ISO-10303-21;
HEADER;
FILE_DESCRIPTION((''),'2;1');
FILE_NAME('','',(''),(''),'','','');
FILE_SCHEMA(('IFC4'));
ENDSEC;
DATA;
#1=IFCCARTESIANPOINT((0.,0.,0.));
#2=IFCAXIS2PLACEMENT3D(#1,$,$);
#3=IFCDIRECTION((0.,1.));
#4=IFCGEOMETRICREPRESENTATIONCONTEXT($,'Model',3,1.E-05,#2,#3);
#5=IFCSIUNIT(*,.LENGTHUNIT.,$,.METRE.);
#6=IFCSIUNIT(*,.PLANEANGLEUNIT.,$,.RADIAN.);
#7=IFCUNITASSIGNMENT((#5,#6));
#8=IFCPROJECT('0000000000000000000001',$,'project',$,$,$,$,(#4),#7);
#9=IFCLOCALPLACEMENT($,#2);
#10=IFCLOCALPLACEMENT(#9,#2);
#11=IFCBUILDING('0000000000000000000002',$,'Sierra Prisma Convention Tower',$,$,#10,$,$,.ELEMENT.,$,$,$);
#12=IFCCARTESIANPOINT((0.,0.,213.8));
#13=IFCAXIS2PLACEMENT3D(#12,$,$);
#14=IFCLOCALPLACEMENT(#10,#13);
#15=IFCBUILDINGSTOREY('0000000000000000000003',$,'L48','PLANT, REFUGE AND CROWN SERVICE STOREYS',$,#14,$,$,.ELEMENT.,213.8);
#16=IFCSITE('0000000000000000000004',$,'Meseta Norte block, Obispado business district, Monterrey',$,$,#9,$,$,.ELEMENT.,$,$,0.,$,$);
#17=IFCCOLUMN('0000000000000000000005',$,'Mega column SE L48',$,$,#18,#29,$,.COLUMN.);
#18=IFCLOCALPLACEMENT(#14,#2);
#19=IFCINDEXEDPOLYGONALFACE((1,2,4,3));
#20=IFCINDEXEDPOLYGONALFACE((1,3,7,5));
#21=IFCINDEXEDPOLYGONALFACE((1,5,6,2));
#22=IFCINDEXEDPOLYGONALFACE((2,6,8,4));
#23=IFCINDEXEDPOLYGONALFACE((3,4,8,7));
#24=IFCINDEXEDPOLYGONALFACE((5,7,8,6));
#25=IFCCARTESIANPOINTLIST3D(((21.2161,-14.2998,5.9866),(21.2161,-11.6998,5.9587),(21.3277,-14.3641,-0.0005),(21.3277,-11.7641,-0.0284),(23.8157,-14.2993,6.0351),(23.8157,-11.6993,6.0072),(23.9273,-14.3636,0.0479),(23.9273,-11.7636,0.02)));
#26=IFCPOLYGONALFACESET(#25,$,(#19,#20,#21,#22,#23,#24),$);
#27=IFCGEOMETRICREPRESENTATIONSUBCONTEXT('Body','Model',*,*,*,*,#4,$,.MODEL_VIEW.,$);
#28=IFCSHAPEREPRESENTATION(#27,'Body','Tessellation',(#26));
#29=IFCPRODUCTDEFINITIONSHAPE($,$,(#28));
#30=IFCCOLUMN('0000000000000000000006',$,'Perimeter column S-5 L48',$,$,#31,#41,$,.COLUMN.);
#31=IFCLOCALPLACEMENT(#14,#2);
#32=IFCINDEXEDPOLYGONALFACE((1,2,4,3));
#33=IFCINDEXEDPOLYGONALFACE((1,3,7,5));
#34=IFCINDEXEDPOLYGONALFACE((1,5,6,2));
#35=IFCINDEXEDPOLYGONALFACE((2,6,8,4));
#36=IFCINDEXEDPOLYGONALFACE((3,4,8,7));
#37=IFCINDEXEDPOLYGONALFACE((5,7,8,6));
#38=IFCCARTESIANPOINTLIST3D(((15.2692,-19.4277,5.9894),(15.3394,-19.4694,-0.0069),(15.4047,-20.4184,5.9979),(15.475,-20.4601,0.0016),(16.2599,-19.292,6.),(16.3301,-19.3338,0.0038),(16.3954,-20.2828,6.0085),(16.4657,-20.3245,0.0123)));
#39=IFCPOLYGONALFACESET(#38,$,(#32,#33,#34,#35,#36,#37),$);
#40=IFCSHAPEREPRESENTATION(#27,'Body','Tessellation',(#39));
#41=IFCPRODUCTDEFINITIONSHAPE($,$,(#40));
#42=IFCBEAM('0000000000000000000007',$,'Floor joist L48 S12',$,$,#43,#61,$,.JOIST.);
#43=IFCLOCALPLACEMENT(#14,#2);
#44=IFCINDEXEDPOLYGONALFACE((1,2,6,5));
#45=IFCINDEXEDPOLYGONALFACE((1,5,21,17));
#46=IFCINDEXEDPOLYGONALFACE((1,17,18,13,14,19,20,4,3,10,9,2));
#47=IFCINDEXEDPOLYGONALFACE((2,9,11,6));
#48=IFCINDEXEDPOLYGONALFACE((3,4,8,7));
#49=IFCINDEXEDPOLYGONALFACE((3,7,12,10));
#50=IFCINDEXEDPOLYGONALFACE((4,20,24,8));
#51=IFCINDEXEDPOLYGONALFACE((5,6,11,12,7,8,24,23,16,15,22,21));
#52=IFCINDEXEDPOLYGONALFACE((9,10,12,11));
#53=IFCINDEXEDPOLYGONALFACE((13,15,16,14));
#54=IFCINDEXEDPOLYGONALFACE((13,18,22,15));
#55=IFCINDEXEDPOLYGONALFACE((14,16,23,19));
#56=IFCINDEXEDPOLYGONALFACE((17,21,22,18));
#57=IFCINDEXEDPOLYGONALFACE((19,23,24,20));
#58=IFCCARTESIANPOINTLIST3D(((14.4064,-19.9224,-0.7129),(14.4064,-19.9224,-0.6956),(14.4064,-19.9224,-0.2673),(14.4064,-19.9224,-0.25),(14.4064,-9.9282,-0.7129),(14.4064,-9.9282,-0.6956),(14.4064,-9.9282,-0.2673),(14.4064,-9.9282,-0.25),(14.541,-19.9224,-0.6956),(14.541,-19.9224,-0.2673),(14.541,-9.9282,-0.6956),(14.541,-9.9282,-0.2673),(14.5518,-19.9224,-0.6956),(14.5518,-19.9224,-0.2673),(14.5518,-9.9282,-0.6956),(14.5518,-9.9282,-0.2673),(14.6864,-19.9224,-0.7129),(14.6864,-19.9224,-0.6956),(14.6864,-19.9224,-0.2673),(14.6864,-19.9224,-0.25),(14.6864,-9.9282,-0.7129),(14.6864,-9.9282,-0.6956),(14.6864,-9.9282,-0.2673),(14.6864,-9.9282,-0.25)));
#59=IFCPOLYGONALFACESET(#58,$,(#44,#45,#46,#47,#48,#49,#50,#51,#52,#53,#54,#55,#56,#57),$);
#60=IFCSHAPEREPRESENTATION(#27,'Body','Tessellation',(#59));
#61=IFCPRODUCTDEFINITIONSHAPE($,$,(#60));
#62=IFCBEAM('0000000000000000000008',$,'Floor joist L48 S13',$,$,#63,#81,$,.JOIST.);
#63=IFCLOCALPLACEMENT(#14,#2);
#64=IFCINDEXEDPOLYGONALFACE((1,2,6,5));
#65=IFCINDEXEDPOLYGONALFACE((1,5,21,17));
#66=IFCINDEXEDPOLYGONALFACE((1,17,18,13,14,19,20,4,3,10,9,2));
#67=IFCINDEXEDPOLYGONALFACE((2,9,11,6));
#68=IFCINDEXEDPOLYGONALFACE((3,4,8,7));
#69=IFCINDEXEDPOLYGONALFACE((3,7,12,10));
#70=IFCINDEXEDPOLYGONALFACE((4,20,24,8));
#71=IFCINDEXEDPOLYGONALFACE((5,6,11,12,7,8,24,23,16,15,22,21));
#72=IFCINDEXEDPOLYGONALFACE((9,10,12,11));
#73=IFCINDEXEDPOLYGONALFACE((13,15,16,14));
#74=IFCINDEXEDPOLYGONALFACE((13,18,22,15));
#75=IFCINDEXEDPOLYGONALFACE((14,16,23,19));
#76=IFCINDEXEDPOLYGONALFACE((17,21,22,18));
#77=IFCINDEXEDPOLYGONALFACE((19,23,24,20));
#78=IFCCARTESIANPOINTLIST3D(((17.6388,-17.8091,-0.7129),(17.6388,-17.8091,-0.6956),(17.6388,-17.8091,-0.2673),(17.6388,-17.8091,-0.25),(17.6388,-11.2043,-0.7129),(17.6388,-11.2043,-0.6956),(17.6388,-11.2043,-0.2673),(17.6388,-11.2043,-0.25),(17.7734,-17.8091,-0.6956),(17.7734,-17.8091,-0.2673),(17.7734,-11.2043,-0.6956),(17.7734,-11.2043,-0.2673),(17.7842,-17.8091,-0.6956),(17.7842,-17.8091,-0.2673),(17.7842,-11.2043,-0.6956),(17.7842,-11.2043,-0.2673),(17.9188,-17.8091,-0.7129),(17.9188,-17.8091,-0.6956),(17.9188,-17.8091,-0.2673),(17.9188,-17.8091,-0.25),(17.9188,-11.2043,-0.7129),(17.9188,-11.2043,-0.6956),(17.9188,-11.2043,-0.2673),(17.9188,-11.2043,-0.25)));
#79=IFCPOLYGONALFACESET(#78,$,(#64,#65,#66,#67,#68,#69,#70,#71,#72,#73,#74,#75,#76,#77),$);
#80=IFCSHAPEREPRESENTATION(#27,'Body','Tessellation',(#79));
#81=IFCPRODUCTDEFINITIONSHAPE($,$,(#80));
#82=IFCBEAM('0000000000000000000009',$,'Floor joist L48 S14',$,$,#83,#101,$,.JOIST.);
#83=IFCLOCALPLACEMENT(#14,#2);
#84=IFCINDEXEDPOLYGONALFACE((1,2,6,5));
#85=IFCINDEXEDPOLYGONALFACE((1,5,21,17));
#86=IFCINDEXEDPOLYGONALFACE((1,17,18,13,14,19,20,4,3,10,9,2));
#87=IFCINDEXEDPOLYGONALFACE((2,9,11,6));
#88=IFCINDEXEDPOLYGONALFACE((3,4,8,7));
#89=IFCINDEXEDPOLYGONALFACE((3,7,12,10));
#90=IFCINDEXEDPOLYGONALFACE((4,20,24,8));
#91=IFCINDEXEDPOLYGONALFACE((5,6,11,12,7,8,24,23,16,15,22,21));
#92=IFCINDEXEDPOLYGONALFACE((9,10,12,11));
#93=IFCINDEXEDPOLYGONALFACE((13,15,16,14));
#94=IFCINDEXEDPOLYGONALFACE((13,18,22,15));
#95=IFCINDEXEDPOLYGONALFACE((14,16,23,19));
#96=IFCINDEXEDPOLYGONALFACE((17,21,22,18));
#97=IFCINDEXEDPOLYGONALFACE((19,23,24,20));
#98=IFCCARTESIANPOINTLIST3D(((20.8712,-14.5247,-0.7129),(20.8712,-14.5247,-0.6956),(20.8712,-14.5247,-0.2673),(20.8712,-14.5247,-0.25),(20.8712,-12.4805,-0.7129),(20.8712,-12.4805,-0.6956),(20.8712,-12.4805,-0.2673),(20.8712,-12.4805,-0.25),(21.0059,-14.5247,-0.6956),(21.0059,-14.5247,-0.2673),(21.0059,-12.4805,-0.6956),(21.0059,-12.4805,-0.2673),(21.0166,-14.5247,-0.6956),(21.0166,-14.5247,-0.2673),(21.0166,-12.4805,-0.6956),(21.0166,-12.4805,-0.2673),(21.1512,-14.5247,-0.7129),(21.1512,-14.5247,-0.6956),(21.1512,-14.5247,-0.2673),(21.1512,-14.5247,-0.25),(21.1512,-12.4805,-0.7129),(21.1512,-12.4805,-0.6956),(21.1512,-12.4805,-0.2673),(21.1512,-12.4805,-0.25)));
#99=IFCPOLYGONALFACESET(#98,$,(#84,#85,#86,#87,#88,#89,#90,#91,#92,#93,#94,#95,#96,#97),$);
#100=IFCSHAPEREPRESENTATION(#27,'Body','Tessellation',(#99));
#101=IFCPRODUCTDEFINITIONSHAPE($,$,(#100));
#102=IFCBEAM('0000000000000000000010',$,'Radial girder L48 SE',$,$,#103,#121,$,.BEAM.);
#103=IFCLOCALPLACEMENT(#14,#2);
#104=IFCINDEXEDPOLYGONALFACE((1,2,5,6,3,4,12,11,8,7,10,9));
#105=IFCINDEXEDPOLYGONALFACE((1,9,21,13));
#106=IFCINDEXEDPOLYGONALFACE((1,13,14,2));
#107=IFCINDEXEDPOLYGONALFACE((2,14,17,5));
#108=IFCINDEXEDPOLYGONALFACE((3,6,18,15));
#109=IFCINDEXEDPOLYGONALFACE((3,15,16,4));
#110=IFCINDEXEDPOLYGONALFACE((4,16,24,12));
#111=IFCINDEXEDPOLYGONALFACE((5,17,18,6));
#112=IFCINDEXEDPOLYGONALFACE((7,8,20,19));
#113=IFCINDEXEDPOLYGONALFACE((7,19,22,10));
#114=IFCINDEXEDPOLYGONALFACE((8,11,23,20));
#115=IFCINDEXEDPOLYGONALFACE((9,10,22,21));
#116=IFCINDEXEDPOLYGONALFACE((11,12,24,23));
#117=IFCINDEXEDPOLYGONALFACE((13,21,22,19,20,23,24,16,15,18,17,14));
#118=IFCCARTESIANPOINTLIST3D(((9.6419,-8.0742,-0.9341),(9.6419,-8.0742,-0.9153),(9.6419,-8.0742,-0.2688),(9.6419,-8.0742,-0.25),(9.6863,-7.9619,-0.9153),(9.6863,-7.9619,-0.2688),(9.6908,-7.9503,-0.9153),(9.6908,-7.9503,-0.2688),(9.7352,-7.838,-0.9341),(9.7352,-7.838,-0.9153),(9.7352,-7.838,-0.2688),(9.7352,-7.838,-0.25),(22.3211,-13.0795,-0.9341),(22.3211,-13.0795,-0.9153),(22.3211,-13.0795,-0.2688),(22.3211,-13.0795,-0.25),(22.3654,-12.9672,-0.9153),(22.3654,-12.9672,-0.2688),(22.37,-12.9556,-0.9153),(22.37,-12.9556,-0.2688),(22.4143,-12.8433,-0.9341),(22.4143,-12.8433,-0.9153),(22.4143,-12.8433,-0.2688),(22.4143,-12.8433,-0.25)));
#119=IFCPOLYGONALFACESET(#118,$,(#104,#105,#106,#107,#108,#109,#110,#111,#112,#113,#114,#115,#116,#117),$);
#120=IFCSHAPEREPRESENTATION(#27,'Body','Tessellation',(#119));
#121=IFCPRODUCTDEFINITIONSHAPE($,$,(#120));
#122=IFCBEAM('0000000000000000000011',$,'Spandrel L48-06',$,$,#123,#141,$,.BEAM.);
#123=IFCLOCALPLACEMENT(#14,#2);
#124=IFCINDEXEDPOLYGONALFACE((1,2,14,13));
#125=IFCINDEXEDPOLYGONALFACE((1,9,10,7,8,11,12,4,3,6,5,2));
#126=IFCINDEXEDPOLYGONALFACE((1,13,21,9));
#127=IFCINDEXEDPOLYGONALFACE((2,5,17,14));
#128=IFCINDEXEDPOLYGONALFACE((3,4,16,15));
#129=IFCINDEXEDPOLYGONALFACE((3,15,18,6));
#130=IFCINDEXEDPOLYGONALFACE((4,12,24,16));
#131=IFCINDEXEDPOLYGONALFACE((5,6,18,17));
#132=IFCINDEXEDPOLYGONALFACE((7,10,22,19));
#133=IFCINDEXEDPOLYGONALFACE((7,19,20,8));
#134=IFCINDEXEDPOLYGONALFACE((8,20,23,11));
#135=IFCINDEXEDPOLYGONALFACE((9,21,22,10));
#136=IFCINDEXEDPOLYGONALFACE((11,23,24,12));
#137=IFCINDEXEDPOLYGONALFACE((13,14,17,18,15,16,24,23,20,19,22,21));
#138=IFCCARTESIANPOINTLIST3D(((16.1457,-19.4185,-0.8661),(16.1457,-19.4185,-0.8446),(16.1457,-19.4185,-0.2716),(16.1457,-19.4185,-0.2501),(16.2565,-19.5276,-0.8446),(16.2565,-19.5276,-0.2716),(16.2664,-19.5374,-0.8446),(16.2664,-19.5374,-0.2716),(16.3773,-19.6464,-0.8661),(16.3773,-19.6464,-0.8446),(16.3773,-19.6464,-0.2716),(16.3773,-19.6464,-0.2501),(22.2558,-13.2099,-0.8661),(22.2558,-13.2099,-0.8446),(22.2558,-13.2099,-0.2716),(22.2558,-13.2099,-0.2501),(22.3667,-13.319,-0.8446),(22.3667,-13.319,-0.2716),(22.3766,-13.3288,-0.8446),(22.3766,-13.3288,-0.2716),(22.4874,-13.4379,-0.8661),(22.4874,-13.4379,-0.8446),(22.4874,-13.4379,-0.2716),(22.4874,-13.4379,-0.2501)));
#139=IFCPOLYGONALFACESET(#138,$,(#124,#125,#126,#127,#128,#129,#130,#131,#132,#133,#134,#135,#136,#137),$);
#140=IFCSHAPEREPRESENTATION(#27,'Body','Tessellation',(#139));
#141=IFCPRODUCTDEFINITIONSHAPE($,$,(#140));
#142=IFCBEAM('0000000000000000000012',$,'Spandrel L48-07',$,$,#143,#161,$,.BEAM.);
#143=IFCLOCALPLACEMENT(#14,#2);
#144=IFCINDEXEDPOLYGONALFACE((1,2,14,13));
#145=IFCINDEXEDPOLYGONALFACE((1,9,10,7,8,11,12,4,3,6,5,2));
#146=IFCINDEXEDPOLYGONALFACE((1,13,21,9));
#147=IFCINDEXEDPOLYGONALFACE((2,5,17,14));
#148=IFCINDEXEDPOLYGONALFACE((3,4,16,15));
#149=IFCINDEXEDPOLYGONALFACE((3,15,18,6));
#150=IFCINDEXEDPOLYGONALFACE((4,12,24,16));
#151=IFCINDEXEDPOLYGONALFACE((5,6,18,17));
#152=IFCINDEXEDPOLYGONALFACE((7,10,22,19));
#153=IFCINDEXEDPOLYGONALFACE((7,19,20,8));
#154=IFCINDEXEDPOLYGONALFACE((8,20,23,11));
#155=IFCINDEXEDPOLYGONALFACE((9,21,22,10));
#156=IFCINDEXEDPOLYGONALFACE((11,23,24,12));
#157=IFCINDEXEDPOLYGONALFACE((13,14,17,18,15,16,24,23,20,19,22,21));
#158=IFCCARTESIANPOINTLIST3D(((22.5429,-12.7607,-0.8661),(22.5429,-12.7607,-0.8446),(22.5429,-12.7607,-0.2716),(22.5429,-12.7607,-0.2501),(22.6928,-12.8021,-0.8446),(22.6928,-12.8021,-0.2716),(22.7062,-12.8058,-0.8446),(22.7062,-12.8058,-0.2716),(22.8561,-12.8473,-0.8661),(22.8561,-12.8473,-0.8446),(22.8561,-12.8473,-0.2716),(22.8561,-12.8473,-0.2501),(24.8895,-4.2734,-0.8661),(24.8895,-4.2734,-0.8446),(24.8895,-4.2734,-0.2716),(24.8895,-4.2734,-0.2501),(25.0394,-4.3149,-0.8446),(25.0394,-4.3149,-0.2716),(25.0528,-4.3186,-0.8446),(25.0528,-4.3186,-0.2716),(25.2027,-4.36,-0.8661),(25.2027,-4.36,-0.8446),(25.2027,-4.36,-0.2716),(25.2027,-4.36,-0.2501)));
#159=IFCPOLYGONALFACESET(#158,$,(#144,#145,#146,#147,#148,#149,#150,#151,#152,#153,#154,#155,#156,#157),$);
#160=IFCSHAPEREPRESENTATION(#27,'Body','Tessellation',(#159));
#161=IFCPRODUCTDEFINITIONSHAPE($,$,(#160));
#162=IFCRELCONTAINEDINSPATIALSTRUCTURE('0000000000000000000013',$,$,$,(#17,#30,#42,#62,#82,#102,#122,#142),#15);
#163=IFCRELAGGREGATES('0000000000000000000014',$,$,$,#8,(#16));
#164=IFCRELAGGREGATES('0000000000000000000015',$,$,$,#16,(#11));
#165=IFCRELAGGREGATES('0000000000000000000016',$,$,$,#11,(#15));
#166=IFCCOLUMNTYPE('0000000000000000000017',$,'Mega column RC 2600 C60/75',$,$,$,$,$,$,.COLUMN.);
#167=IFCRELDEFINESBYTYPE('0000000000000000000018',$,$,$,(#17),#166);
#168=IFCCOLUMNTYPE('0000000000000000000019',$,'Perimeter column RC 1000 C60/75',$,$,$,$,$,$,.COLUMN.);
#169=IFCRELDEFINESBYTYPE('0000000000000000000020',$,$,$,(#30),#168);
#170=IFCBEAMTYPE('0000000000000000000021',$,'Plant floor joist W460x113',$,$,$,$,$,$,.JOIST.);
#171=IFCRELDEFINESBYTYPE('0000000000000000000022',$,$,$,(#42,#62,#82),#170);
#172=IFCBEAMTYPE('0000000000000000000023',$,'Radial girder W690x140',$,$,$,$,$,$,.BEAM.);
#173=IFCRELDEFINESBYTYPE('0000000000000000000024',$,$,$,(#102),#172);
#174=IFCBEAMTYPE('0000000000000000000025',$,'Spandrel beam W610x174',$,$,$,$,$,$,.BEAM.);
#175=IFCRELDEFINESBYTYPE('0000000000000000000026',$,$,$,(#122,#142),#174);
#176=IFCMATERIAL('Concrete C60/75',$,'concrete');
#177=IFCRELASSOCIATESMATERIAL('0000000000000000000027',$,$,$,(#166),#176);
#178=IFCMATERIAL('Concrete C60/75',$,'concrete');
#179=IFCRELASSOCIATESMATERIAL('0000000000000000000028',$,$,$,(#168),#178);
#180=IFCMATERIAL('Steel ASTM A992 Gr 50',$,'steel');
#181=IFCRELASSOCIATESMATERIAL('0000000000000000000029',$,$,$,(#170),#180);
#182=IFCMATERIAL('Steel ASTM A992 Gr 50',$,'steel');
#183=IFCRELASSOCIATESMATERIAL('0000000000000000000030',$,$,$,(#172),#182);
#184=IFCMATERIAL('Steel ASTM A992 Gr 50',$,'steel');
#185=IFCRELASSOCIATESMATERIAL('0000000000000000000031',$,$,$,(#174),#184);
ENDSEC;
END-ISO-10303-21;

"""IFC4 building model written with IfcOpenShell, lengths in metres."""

from ifc_helpers import new_model, si_unit, direction, frame, origin, origin_2d, place, context, subcontext, project, spatial, rectangle, i_section, extrude, clip, halfspace, material, material_profile, profile_set, type_object, element, save


model = new_model("IFC4")

# Units and contexts
model_context = context("Model", 3, precision=1e-05, world=origin(), true_north=direction((0.0, 1.0)))
body_context = subcontext(model_context, "Body", "Model", "MODEL_VIEW")
ifc_project = project(units=[si_unit("LENGTHUNIT", "METRE"), si_unit("PLANEANGLEUNIT", "RADIAN")], contexts=[model_context])

# Site, building, storey
site_placement = place(None, origin())
site = spatial("IfcSite", under=ifc_project, at=site_placement, Name="Meseta Norte block, Obispado business district, Monterrey", CompositionType="ELEMENT", RefElevation=0.0)
building_placement = place(site_placement, origin())
building = spatial("IfcBuilding", under=site, at=building_placement, Name="Sierra Prisma Convention Tower", CompositionType="ELEMENT")
storey_placement = place(building_placement, frame((0.0, 0.0, 213.8)))
storey = spatial("IfcBuildingStorey", under=building, at=storey_placement, Name="L48", Description="PLANT, REFUGE AND CROWN SERVICE STOREYS", CompositionType="ELEMENT", Elevation=213.8)

# Columns
ifc_material_1 = material(Name="Concrete C60/75", Category="concrete")
ifc_material_profile_1 = material_profile(ifc_material_1, rectangle(XDim=2.6001, YDim=2.6001, at=origin_2d()), Name="Mega column RC 2600 C60/75")
ifc_profile_set_1 = profile_set([ifc_material_profile_1], Name="Concrete C60/75")
column_type_1 = type_object("IfcColumnType", Name="Mega column RC 2600 C60/75", PredefinedType="COLUMN", material=ifc_profile_set_1)
column_1_placement = place(storey_placement, frame((22.6277, -13.064, 0.0), z_axis=(-0.018632, 0.01074, 0.999769), x_axis=(0.999826, 0.0002, 0.018631)))
element("IfcColumn", 1, at=column_1_placement, inside=storey, type_object=column_type_1, Name="Mega column SE L48", PredefinedType="COLUMN", context=body_context, shape_type="SweptSolid", body=[
    clip(clip(extrude(rectangle(XDim=2.6001, YDim=2.6001, at=origin_2d()), origin(), (0.0, 0.0, 1.0), 6.0015), halfspace(frame((0.0, 0.0, 0.0098)), True)), halfspace(frame((0.0, 0.0, 5.9983)), False)),
])
ifc_material_2 = material(Name="Concrete C60/75", Category="concrete")
ifc_material_profile_2 = material_profile(ifc_material_2, rectangle(XDim=1.0, YDim=1.0, at=origin_2d()), Name="Perimeter column RC 1000 C60/75")
ifc_profile_set_2 = profile_set([ifc_material_profile_2], Name="Concrete C60/75")
column_type_2 = type_object("IfcColumnType", Name="Perimeter column RC 1000 C60/75", PredefinedType="COLUMN", material=ifc_profile_set_2)
column_2_placement = place(storey_placement, frame((15.9026, -19.897, 0.0), z_axis=(-0.011718, 0.006957, 0.999907), x_axis=(0.990699, 0.135655, 0.010666)))
element("IfcColumn", 2, at=column_2_placement, inside=storey, type_object=column_type_2, Name="Perimeter column S-5 L48", PredefinedType="COLUMN", context=body_context, shape_type="SweptSolid", body=[
    clip(clip(extrude(rectangle(XDim=1.0, YDim=1.0, at=origin_2d()), origin(), (0.0, 0.0, 1.0), 6.0005), halfspace(frame((0.0, 0.0, 0.0027)), True)), halfspace(frame((0.0, 0.0, 5.9995)), False)),
])

# Beams
ifc_material_3 = material(Name="Steel ASTM A992 Gr 50", Category="steel")
ifc_material_profile_3 = material_profile(ifc_material_3, i_section(OverallWidth=0.28, OverallDepth=0.4629, WebThickness=0.0107, FlangeThickness=0.0173, at=origin_2d()), Name="W460x113")
ifc_profile_set_3 = profile_set([ifc_material_profile_3], Name="Steel ASTM A992 Gr 50")
beam_type_1 = type_object("IfcBeamType", Name="Plant floor joist W460x113", PredefinedType="JOIST", material=ifc_profile_set_3)
beam_1_placement = place(storey_placement, frame((14.5464, -19.9224, -0.4814), z_axis=(0.0, 1.0, 0.0), x_axis=(-1.0, 0.0, 0.0)))
element("IfcBeam", 3, at=beam_1_placement, inside=storey, type_object=beam_type_1, Name="Floor joist L48 S12", PredefinedType="JOIST", context=body_context, shape_type="SweptSolid", body=[
    extrude(i_section(OverallWidth=0.28, OverallDepth=0.4629, WebThickness=0.0107, FlangeThickness=0.0173, at=origin_2d()), origin(), (0.0, 0.0, 1.0), 9.9941),
])
beam_2_placement = place(storey_placement, frame((17.7788, -17.8091, -0.4814), z_axis=(0.0, 1.0, 0.0), x_axis=(-1.0, 0.0, 0.0)))
element("IfcBeam", 4, at=beam_2_placement, inside=storey, type_object=beam_type_1, Name="Floor joist L48 S13", PredefinedType="JOIST", context=body_context, shape_type="SweptSolid", body=[
    extrude(i_section(OverallWidth=0.28, OverallDepth=0.4629, WebThickness=0.0107, FlangeThickness=0.0173, at=origin_2d()), origin(), (0.0, 0.0, 1.0), 6.6047),
])
beam_3_placement = place(storey_placement, frame((21.0112, -14.5247, -0.4814), z_axis=(0.0, 1.0, 0.0), x_axis=(-1.0, 0.0, 0.0)))
element("IfcBeam", 5, at=beam_3_placement, inside=storey, type_object=beam_type_1, Name="Floor joist L48 S14", PredefinedType="JOIST", context=body_context, shape_type="SweptSolid", body=[
    extrude(i_section(OverallWidth=0.28, OverallDepth=0.4629, WebThickness=0.0107, FlangeThickness=0.0173, at=origin_2d()), origin(), (0.0, 0.0, 1.0), 2.0442),
])
ifc_material_4 = material(Name="Steel ASTM A992 Gr 50", Category="steel")
ifc_material_profile_4 = material_profile(ifc_material_4, i_section(OverallWidth=0.2539, OverallDepth=0.6841, WebThickness=0.0125, FlangeThickness=0.0188, at=origin_2d()), Name="W690x140")
ifc_profile_set_4 = profile_set([ifc_material_profile_4], Name="Steel ASTM A992 Gr 50")
beam_type_2 = type_object("IfcBeamType", Name="Radial girder W690x140", PredefinedType="BEAM", material=ifc_profile_set_4)
beam_4_placement = place(storey_placement, frame((22.3677, -12.9614, -0.592), z_axis=(-0.930145, 0.367193, 0.0), x_axis=(-0.367193, -0.930145, 0.0)))
element("IfcBeam", 6, at=beam_4_placement, inside=storey, type_object=beam_type_2, Name="Radial girder L48 SE", PredefinedType="BEAM", context=body_context, shape_type="SweptSolid", body=[
    extrude(i_section(OverallWidth=0.2539, OverallDepth=0.6841, WebThickness=0.0125, FlangeThickness=0.0188, at=origin_2d()), origin(), (0.0, 0.0, 1.0), 13.6313),
])
ifc_material_5 = material(Name="Steel ASTM A992 Gr 50", Category="steel")
ifc_material_profile_5 = material_profile(ifc_material_5, i_section(OverallWidth=0.325, OverallDepth=0.616, WebThickness=0.0139, FlangeThickness=0.0215, at=origin_2d()), Name="W610x174")
ifc_profile_set_5 = profile_set([ifc_material_profile_5], Name="Steel ASTM A992 Gr 50")
beam_type_3 = type_object("IfcBeamType", Name="Spandrel beam W610x174", PredefinedType="BEAM", material=ifc_profile_set_5)
beam_5_placement = place(storey_placement, frame((16.2615, -19.5325, -0.5581), z_axis=(0.701437, 0.712732, 0.0), x_axis=(-0.712732, 0.701437, 0.0)))
element("IfcBeam", 7, at=beam_5_placement, inside=storey, type_object=beam_type_3, Name="Spandrel L48-06", PredefinedType="BEAM", context=body_context, shape_type="SweptSolid", body=[
    extrude(i_section(OverallWidth=0.325, OverallDepth=0.616, WebThickness=0.0139, FlangeThickness=0.0215, at=origin_2d()), origin(), (0.0, 0.0, 1.0), 8.7109),
])
beam_6_placement = place(storey_placement, frame((22.6995, -12.804, -0.5581), z_axis=(0.266494, 0.963837, 0.0), x_axis=(-0.963837, 0.266494, 0.0)))
element("IfcBeam", 8, at=beam_6_placement, inside=storey, type_object=beam_type_3, Name="Spandrel L48-07", PredefinedType="BEAM", context=body_context, shape_type="SweptSolid", body=[
    extrude(i_section(OverallWidth=0.325, OverallDepth=0.616, WebThickness=0.0139, FlangeThickness=0.0215, at=origin_2d()), origin(), (0.0, 0.0, 1.0), 8.8057),
])

save(model, "model.ifc")
